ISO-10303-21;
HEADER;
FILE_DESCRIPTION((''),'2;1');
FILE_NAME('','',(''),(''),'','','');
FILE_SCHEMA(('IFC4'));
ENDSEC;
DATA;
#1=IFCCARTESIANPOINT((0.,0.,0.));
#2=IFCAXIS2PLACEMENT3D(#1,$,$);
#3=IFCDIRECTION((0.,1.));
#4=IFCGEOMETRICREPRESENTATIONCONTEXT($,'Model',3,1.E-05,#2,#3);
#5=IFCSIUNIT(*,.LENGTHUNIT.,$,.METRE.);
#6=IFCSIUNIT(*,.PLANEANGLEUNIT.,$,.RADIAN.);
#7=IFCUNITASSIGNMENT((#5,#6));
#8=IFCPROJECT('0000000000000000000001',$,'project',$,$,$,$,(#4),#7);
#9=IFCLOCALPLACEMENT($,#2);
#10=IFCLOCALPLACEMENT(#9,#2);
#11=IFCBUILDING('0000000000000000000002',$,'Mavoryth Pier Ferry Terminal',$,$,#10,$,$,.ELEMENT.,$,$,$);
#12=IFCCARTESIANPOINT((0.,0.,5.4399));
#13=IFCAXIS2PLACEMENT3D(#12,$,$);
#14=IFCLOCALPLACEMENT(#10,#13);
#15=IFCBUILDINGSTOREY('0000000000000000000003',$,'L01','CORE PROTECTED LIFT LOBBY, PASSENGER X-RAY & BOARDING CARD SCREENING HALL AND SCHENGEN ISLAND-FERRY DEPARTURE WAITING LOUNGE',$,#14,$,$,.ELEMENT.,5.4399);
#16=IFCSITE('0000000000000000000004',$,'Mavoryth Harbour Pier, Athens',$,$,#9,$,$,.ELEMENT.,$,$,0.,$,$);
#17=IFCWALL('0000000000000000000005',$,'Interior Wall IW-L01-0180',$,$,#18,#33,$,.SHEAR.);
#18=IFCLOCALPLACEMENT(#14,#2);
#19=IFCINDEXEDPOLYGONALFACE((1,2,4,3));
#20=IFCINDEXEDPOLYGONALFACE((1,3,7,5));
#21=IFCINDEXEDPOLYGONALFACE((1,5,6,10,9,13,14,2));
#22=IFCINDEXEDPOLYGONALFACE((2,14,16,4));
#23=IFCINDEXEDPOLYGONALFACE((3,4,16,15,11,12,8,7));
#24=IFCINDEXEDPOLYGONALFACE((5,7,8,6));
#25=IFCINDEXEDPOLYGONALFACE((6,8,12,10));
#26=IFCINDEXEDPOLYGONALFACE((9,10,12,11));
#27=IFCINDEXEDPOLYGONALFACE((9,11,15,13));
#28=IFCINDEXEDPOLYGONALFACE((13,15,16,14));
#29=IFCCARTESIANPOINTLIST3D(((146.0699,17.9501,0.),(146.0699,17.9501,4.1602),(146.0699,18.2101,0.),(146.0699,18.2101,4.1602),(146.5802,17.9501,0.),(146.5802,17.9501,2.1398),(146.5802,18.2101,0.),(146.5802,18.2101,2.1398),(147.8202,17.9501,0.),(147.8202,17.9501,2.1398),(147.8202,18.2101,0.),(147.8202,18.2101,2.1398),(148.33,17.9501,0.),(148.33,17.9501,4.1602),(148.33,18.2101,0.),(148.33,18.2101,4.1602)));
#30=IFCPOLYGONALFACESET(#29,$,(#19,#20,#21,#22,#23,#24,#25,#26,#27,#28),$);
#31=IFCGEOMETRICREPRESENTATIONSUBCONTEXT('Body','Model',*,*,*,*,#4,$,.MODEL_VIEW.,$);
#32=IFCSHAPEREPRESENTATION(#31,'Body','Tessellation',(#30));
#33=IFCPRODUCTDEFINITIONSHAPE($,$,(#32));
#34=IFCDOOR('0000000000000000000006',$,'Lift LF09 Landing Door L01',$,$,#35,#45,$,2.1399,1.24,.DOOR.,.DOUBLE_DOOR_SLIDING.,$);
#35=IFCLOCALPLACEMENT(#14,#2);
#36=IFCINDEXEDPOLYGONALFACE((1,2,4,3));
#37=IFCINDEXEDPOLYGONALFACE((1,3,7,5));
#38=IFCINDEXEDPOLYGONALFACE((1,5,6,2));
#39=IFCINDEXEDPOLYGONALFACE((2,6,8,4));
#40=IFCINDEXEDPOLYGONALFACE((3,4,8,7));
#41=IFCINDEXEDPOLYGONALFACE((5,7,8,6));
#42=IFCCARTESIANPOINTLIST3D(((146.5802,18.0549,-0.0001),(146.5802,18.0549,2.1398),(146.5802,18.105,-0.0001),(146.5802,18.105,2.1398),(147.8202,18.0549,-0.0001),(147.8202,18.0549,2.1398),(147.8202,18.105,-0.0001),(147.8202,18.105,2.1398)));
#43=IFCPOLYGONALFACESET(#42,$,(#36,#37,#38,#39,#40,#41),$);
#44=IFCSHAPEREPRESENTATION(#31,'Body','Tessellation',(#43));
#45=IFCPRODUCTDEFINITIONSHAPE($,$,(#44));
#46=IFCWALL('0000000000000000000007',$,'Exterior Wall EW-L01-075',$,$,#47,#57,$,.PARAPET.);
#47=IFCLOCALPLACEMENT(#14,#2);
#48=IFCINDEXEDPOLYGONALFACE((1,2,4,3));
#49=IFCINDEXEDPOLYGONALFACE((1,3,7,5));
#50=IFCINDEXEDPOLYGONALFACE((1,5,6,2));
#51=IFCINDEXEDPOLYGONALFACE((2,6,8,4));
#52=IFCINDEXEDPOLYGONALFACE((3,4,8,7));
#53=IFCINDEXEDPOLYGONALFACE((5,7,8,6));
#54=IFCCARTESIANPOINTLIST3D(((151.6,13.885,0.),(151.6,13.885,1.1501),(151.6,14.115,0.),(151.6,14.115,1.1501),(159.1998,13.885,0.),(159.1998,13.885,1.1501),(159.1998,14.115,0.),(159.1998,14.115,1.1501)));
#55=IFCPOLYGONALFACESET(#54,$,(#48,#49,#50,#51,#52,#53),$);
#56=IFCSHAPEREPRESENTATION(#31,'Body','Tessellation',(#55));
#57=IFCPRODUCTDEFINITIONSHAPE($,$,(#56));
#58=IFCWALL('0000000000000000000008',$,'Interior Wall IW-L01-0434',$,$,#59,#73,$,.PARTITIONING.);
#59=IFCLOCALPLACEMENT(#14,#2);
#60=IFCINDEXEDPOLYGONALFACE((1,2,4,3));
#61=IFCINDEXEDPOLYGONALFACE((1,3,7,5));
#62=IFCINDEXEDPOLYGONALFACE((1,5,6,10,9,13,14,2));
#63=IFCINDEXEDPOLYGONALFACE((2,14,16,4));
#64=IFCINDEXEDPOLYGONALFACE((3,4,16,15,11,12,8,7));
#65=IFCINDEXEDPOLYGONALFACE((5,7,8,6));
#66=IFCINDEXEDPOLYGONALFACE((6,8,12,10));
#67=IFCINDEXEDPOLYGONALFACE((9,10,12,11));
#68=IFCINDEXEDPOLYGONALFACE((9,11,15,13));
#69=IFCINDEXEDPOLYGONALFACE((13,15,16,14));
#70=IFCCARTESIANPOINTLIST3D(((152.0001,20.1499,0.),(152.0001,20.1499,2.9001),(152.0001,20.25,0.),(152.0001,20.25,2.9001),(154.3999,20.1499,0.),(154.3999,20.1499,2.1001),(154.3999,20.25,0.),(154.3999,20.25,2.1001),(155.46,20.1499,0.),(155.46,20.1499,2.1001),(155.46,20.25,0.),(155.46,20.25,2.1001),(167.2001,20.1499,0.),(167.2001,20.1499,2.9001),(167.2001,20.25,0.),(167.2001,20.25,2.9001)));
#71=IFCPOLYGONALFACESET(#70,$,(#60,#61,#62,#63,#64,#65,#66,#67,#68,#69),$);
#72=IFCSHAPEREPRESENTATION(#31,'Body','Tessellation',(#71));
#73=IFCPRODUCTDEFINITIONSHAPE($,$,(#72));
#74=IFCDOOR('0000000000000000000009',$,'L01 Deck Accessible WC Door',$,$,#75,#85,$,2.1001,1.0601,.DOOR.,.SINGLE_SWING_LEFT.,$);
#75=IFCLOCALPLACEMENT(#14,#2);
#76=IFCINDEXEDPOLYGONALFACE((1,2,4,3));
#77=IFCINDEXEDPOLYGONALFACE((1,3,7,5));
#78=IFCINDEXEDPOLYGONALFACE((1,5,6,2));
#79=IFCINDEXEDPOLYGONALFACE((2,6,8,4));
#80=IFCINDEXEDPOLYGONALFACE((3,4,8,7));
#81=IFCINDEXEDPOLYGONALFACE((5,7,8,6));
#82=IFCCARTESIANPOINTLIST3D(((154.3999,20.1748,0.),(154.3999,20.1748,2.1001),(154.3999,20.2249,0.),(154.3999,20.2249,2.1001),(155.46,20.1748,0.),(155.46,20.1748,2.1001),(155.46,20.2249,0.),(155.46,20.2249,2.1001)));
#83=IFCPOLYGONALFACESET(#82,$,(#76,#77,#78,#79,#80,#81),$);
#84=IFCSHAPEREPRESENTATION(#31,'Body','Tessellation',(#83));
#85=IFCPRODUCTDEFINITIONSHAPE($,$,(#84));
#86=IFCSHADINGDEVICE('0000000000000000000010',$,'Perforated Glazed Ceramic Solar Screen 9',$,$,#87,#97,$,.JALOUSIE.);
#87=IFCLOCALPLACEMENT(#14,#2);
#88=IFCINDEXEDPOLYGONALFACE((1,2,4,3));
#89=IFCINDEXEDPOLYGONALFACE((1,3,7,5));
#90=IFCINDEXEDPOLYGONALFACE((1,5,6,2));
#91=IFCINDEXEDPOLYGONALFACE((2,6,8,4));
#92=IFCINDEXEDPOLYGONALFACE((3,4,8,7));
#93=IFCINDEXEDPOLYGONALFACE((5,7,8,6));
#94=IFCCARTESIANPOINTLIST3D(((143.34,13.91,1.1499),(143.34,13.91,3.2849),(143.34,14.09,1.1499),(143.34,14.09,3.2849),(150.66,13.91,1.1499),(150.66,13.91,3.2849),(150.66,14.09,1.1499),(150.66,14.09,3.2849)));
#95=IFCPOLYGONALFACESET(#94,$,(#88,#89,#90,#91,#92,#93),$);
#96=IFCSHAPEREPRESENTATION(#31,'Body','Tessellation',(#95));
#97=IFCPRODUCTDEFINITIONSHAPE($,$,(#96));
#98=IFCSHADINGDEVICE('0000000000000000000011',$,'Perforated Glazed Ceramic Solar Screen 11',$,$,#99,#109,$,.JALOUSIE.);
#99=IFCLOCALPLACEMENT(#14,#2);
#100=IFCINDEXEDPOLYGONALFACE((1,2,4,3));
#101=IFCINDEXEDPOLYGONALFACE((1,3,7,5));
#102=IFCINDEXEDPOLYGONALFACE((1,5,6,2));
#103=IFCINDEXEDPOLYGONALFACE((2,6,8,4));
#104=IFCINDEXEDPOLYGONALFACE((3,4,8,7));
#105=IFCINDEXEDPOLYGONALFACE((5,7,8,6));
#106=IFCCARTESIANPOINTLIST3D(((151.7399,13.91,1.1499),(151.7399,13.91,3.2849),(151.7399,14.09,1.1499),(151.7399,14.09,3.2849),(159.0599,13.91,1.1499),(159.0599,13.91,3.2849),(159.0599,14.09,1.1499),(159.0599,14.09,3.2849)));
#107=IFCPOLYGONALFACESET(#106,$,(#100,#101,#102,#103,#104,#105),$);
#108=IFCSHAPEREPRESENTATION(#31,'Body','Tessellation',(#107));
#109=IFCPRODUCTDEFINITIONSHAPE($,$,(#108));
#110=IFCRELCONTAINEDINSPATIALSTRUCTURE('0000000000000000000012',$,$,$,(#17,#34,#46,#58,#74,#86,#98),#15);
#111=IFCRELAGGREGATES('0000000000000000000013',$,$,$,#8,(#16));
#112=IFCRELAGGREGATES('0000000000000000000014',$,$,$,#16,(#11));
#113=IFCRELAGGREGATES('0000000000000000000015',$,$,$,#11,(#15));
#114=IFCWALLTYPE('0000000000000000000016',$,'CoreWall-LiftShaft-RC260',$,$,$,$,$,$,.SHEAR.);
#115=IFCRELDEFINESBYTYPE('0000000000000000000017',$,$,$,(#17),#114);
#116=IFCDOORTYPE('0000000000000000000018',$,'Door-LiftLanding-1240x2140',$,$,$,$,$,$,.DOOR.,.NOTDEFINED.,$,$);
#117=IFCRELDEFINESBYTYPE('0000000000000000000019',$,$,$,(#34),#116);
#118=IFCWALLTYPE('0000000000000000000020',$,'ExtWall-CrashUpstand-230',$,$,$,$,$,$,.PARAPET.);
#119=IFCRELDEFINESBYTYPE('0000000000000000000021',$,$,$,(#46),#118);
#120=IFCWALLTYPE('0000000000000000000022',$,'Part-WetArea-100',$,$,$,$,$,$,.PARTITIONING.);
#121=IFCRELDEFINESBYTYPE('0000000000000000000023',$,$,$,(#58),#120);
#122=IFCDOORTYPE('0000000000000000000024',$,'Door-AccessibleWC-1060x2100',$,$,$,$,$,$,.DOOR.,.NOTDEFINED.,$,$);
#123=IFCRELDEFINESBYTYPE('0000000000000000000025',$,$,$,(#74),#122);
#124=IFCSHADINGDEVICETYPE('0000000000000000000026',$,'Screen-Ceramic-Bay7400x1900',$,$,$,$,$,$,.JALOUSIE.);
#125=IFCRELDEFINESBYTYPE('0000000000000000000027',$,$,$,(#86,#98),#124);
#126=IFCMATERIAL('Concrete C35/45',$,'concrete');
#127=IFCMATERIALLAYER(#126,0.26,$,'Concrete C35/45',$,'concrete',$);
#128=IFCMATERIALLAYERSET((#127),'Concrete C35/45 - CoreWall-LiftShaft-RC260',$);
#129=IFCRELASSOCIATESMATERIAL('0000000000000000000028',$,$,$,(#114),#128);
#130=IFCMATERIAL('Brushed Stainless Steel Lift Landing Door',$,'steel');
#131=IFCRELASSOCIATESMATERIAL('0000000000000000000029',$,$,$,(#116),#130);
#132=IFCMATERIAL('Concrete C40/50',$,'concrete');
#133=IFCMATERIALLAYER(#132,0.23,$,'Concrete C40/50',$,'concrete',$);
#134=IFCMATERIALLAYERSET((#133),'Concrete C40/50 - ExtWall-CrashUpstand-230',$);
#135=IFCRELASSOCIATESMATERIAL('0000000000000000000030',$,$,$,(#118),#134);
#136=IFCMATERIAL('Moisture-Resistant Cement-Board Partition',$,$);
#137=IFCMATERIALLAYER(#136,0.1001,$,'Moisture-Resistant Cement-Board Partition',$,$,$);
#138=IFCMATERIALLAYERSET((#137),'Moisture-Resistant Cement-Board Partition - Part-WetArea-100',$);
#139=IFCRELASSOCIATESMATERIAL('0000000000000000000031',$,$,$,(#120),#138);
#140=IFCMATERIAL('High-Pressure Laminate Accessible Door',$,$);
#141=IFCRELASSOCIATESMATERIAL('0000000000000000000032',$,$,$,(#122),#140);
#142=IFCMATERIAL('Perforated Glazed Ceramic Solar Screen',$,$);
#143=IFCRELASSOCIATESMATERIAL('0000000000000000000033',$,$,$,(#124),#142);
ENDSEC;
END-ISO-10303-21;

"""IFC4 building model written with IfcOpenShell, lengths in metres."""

from ifc_helpers import new_model, si_unit, direction, frame, frame_2d, origin, origin_2d, place, context, subcontext, project, spatial, rectangle, extrude, material, layer, layer_set, type_object, element, fill, save


model = new_model("IFC4")

# Units and contexts
model_context = context("Model", 3, precision=1e-05, world=origin(), true_north=direction((0.0, 1.0)))
body_context = subcontext(model_context, "Body", "Model", "MODEL_VIEW")
ifc_project = project(units=[si_unit("LENGTHUNIT", "METRE"), si_unit("PLANEANGLEUNIT", "RADIAN")], contexts=[model_context])

# Site, building, storey
site_placement = place(None, origin())
site = spatial("IfcSite", under=ifc_project, at=site_placement, Name="Mavoryth Harbour Pier, Athens", CompositionType="ELEMENT", RefElevation=0.0)
building_placement = place(site_placement, origin())
building = spatial("IfcBuilding", under=site, at=building_placement, Name="Mavoryth Pier Ferry Terminal", CompositionType="ELEMENT")
storey_placement = place(building_placement, frame((0.0, 0.0, 5.4399)))
storey = spatial("IfcBuildingStorey", under=building, at=storey_placement, Name="L01", Description="CORE PROTECTED LIFT LOBBY, PASSENGER X-RAY & BOARDING CARD SCREENING HALL AND SCHENGEN ISLAND-FERRY DEPARTURE WAITING LOUNGE", CompositionType="ELEMENT", Elevation=5.4399)

# Shared definitions
ifc_material_1 = material(Name="Concrete C40/50", Category="concrete")

# Shared definitions
ifc_material_2 = material(Name="Concrete C35/45", Category="concrete")

# Shared definitions
ifc_layer_1 = layer(ifc_material_2, 0.26, Name="Concrete C35/45", Category="concrete")
ifc_layer_set_1 = layer_set([ifc_layer_1], Name="Concrete C35/45 - CoreWall-LiftShaft-RC260")
wall_type_1 = type_object("IfcWallType", Name="CoreWall-LiftShaft-RC260", PredefinedType="SHEAR", material=ifc_layer_set_1)

# Wall, opening, door
wall_1_placement = place(storey_placement, frame((146.0701, 18.0801, 0.0), z_axis=(0.0, 0.0, 1.0), x_axis=(1.0, 0.0, 0.0)))
wall_1 = element("IfcWall", 1, at=wall_1_placement, inside=storey, type_object=wall_type_1, Name="Interior Wall IW-L01-0180", PredefinedType="SHEAR", context=body_context, shape_type="SweptSolid", body=[
    extrude(rectangle(XDim=2.26, YDim=0.26, at=frame_2d((1.1299, 0.0))), origin(), (0.0, 0.0, 1.0), 4.1602),
])
opening_1_placement = place(wall_1_placement, frame((0.51, 0.0, 0.0)))
opening_1 = element("IfcOpeningElement", 2, at=opening_1_placement, cuts=wall_1, PredefinedType="OPENING", context=body_context, shape_type="SweptSolid", body=[
    extrude(rectangle(XDim=1.24, YDim=2.1399, at=frame_2d((0.6201, 1.0698))), frame((0.0, 0.1399, 0.0), z_axis=(0.0, -1.0, 0.0), x_axis=(1.0, 0.0, 0.0)), (0.0, 0.0, 1.0), 0.28),
])
ifc_material_3 = material(Name="Brushed Stainless Steel Lift Landing Door", Category="steel")
door_type_1 = type_object("IfcDoorType", Name="Door-LiftLanding-1240x2140", OperationType="NOTDEFINED", PredefinedType="DOOR", material=ifc_material_3)
door_1_placement = place(opening_1_placement, origin())
door_1 = element("IfcDoor", 3, at=door_1_placement, inside=storey, type_object=door_type_1, Name="Lift LF09 Landing Door L01", OperationType="DOUBLE_DOOR_SLIDING", OverallHeight=2.1399, OverallWidth=1.24, PredefinedType="DOOR", context=body_context, shape_type="SweptSolid", body=[
    extrude(rectangle(XDim=1.24, YDim=2.1399, at=frame_2d((0.6201, 1.0698))), frame((0.0, 0.0249, 0.0), z_axis=(0.0, -1.0, 0.0), x_axis=(1.0, 0.0, 0.0)), (0.0, 0.0, 1.0), 0.05),
])
fill(opening_1, door_1)

# Wall
ifc_layer_2 = layer(ifc_material_1, 0.23, Name="Concrete C40/50", Category="concrete")
ifc_layer_set_2 = layer_set([ifc_layer_2], Name="Concrete C40/50 - ExtWall-CrashUpstand-230")
wall_type_2 = type_object("IfcWallType", Name="ExtWall-CrashUpstand-230", PredefinedType="PARAPET", material=ifc_layer_set_2)
wall_2_placement = place(storey_placement, frame((151.6001, 14.0, 0.0), z_axis=(0.0, 0.0, 1.0), x_axis=(1.0, 0.0, 0.0)))
element("IfcWall", 4, at=wall_2_placement, inside=storey, type_object=wall_type_2, Name="Exterior Wall EW-L01-075", PredefinedType="PARAPET", context=body_context, shape_type="SweptSolid", body=[
    extrude(rectangle(XDim=7.5999, YDim=0.23, at=frame_2d((3.7998, 0.0))), origin(), (0.0, 0.0, 1.0), 1.1501),
])

# Wall, opening, door
ifc_material_4 = material(Name="Moisture-Resistant Cement-Board Partition")
ifc_layer_3 = layer(ifc_material_4, 0.1001, Name="Moisture-Resistant Cement-Board Partition")
ifc_layer_set_3 = layer_set([ifc_layer_3], Name="Moisture-Resistant Cement-Board Partition - Part-WetArea-100")
wall_type_3 = type_object("IfcWallType", Name="Part-WetArea-100", PredefinedType="PARTITIONING", material=ifc_layer_set_3)
wall_3_placement = place(storey_placement, frame((152.0, 20.2, 0.0), z_axis=(0.0, 0.0, 1.0), x_axis=(1.0, 0.0, 0.0)))
wall_3 = element("IfcWall", 5, at=wall_3_placement, inside=storey, type_object=wall_type_3, Name="Interior Wall IW-L01-0434", PredefinedType="PARTITIONING", context=body_context, shape_type="SweptSolid", body=[
    extrude(rectangle(XDim=15.2, YDim=0.1001, at=frame_2d((7.6001, 0.0))), origin(), (0.0, 0.0, 1.0), 2.9001),
])
opening_2_placement = place(wall_3_placement, frame((2.3999, 0.0, 0.0)))
opening_2 = element("IfcOpeningElement", 6, at=opening_2_placement, cuts=wall_3, PredefinedType="OPENING", context=body_context, shape_type="SweptSolid", body=[
    extrude(rectangle(XDim=1.0601, YDim=2.1001, at=frame_2d((0.53, 1.05))), frame((0.0, 0.0601, 0.0), z_axis=(0.0, -1.0, 0.0), x_axis=(1.0, 0.0, 0.0)), (0.0, 0.0, 1.0), 0.1201),
])
ifc_material_5 = material(Name="High-Pressure Laminate Accessible Door")
door_type_2 = type_object("IfcDoorType", Name="Door-AccessibleWC-1060x2100", OperationType="NOTDEFINED", PredefinedType="DOOR", material=ifc_material_5)
door_2_placement = place(opening_2_placement, origin())
door_2 = element("IfcDoor", 7, at=door_2_placement, inside=storey, type_object=door_type_2, Name="L01 Deck Accessible WC Door", OperationType="SINGLE_SWING_LEFT", OverallHeight=2.1001, OverallWidth=1.0601, PredefinedType="DOOR", context=body_context, shape_type="SweptSolid", body=[
    extrude(rectangle(XDim=1.0601, YDim=2.1001, at=frame_2d((0.53, 1.05))), frame((0.0, 0.0249, 0.0), z_axis=(0.0, -1.0, 0.0), x_axis=(1.0, 0.0, 0.0)), (0.0, 0.0, 1.0), 0.05),
])
fill(opening_2, door_2)

# Shading devices
ifc_material_6 = material(Name="Perforated Glazed Ceramic Solar Screen")
shading_device_type = type_object("IfcShadingDeviceType", Name="Screen-Ceramic-Bay7400x1900", PredefinedType="JALOUSIE", material=ifc_material_6)
for number, where, z_axis, x_axis, name in (
    (8, (147.0, 14.0, 1.1499), (0.0, 0.0, 1.0), (1.0, 0.0, 0.0), "Perforated Glazed Ceramic Solar Screen 9"),
    (9, (155.3999, 14.0, 1.1499), (0.0, 0.0, 1.0), (1.0, 0.0, 0.0), "Perforated Glazed Ceramic Solar Screen 11"),
):
    element("IfcShadingDevice", number, at=place(storey_placement, frame(where, z_axis=z_axis, x_axis=x_axis)), inside=storey, type_object=shading_device_type, Name=name, PredefinedType="JALOUSIE", context=body_context, shape_type="SweptSolid", body=[
        extrude(rectangle(XDim=7.3201, YDim=0.1799, at=origin_2d()), origin(), (0.0, 0.0, 1.0), 2.135),
    ])

save(model, "model.ifc")
